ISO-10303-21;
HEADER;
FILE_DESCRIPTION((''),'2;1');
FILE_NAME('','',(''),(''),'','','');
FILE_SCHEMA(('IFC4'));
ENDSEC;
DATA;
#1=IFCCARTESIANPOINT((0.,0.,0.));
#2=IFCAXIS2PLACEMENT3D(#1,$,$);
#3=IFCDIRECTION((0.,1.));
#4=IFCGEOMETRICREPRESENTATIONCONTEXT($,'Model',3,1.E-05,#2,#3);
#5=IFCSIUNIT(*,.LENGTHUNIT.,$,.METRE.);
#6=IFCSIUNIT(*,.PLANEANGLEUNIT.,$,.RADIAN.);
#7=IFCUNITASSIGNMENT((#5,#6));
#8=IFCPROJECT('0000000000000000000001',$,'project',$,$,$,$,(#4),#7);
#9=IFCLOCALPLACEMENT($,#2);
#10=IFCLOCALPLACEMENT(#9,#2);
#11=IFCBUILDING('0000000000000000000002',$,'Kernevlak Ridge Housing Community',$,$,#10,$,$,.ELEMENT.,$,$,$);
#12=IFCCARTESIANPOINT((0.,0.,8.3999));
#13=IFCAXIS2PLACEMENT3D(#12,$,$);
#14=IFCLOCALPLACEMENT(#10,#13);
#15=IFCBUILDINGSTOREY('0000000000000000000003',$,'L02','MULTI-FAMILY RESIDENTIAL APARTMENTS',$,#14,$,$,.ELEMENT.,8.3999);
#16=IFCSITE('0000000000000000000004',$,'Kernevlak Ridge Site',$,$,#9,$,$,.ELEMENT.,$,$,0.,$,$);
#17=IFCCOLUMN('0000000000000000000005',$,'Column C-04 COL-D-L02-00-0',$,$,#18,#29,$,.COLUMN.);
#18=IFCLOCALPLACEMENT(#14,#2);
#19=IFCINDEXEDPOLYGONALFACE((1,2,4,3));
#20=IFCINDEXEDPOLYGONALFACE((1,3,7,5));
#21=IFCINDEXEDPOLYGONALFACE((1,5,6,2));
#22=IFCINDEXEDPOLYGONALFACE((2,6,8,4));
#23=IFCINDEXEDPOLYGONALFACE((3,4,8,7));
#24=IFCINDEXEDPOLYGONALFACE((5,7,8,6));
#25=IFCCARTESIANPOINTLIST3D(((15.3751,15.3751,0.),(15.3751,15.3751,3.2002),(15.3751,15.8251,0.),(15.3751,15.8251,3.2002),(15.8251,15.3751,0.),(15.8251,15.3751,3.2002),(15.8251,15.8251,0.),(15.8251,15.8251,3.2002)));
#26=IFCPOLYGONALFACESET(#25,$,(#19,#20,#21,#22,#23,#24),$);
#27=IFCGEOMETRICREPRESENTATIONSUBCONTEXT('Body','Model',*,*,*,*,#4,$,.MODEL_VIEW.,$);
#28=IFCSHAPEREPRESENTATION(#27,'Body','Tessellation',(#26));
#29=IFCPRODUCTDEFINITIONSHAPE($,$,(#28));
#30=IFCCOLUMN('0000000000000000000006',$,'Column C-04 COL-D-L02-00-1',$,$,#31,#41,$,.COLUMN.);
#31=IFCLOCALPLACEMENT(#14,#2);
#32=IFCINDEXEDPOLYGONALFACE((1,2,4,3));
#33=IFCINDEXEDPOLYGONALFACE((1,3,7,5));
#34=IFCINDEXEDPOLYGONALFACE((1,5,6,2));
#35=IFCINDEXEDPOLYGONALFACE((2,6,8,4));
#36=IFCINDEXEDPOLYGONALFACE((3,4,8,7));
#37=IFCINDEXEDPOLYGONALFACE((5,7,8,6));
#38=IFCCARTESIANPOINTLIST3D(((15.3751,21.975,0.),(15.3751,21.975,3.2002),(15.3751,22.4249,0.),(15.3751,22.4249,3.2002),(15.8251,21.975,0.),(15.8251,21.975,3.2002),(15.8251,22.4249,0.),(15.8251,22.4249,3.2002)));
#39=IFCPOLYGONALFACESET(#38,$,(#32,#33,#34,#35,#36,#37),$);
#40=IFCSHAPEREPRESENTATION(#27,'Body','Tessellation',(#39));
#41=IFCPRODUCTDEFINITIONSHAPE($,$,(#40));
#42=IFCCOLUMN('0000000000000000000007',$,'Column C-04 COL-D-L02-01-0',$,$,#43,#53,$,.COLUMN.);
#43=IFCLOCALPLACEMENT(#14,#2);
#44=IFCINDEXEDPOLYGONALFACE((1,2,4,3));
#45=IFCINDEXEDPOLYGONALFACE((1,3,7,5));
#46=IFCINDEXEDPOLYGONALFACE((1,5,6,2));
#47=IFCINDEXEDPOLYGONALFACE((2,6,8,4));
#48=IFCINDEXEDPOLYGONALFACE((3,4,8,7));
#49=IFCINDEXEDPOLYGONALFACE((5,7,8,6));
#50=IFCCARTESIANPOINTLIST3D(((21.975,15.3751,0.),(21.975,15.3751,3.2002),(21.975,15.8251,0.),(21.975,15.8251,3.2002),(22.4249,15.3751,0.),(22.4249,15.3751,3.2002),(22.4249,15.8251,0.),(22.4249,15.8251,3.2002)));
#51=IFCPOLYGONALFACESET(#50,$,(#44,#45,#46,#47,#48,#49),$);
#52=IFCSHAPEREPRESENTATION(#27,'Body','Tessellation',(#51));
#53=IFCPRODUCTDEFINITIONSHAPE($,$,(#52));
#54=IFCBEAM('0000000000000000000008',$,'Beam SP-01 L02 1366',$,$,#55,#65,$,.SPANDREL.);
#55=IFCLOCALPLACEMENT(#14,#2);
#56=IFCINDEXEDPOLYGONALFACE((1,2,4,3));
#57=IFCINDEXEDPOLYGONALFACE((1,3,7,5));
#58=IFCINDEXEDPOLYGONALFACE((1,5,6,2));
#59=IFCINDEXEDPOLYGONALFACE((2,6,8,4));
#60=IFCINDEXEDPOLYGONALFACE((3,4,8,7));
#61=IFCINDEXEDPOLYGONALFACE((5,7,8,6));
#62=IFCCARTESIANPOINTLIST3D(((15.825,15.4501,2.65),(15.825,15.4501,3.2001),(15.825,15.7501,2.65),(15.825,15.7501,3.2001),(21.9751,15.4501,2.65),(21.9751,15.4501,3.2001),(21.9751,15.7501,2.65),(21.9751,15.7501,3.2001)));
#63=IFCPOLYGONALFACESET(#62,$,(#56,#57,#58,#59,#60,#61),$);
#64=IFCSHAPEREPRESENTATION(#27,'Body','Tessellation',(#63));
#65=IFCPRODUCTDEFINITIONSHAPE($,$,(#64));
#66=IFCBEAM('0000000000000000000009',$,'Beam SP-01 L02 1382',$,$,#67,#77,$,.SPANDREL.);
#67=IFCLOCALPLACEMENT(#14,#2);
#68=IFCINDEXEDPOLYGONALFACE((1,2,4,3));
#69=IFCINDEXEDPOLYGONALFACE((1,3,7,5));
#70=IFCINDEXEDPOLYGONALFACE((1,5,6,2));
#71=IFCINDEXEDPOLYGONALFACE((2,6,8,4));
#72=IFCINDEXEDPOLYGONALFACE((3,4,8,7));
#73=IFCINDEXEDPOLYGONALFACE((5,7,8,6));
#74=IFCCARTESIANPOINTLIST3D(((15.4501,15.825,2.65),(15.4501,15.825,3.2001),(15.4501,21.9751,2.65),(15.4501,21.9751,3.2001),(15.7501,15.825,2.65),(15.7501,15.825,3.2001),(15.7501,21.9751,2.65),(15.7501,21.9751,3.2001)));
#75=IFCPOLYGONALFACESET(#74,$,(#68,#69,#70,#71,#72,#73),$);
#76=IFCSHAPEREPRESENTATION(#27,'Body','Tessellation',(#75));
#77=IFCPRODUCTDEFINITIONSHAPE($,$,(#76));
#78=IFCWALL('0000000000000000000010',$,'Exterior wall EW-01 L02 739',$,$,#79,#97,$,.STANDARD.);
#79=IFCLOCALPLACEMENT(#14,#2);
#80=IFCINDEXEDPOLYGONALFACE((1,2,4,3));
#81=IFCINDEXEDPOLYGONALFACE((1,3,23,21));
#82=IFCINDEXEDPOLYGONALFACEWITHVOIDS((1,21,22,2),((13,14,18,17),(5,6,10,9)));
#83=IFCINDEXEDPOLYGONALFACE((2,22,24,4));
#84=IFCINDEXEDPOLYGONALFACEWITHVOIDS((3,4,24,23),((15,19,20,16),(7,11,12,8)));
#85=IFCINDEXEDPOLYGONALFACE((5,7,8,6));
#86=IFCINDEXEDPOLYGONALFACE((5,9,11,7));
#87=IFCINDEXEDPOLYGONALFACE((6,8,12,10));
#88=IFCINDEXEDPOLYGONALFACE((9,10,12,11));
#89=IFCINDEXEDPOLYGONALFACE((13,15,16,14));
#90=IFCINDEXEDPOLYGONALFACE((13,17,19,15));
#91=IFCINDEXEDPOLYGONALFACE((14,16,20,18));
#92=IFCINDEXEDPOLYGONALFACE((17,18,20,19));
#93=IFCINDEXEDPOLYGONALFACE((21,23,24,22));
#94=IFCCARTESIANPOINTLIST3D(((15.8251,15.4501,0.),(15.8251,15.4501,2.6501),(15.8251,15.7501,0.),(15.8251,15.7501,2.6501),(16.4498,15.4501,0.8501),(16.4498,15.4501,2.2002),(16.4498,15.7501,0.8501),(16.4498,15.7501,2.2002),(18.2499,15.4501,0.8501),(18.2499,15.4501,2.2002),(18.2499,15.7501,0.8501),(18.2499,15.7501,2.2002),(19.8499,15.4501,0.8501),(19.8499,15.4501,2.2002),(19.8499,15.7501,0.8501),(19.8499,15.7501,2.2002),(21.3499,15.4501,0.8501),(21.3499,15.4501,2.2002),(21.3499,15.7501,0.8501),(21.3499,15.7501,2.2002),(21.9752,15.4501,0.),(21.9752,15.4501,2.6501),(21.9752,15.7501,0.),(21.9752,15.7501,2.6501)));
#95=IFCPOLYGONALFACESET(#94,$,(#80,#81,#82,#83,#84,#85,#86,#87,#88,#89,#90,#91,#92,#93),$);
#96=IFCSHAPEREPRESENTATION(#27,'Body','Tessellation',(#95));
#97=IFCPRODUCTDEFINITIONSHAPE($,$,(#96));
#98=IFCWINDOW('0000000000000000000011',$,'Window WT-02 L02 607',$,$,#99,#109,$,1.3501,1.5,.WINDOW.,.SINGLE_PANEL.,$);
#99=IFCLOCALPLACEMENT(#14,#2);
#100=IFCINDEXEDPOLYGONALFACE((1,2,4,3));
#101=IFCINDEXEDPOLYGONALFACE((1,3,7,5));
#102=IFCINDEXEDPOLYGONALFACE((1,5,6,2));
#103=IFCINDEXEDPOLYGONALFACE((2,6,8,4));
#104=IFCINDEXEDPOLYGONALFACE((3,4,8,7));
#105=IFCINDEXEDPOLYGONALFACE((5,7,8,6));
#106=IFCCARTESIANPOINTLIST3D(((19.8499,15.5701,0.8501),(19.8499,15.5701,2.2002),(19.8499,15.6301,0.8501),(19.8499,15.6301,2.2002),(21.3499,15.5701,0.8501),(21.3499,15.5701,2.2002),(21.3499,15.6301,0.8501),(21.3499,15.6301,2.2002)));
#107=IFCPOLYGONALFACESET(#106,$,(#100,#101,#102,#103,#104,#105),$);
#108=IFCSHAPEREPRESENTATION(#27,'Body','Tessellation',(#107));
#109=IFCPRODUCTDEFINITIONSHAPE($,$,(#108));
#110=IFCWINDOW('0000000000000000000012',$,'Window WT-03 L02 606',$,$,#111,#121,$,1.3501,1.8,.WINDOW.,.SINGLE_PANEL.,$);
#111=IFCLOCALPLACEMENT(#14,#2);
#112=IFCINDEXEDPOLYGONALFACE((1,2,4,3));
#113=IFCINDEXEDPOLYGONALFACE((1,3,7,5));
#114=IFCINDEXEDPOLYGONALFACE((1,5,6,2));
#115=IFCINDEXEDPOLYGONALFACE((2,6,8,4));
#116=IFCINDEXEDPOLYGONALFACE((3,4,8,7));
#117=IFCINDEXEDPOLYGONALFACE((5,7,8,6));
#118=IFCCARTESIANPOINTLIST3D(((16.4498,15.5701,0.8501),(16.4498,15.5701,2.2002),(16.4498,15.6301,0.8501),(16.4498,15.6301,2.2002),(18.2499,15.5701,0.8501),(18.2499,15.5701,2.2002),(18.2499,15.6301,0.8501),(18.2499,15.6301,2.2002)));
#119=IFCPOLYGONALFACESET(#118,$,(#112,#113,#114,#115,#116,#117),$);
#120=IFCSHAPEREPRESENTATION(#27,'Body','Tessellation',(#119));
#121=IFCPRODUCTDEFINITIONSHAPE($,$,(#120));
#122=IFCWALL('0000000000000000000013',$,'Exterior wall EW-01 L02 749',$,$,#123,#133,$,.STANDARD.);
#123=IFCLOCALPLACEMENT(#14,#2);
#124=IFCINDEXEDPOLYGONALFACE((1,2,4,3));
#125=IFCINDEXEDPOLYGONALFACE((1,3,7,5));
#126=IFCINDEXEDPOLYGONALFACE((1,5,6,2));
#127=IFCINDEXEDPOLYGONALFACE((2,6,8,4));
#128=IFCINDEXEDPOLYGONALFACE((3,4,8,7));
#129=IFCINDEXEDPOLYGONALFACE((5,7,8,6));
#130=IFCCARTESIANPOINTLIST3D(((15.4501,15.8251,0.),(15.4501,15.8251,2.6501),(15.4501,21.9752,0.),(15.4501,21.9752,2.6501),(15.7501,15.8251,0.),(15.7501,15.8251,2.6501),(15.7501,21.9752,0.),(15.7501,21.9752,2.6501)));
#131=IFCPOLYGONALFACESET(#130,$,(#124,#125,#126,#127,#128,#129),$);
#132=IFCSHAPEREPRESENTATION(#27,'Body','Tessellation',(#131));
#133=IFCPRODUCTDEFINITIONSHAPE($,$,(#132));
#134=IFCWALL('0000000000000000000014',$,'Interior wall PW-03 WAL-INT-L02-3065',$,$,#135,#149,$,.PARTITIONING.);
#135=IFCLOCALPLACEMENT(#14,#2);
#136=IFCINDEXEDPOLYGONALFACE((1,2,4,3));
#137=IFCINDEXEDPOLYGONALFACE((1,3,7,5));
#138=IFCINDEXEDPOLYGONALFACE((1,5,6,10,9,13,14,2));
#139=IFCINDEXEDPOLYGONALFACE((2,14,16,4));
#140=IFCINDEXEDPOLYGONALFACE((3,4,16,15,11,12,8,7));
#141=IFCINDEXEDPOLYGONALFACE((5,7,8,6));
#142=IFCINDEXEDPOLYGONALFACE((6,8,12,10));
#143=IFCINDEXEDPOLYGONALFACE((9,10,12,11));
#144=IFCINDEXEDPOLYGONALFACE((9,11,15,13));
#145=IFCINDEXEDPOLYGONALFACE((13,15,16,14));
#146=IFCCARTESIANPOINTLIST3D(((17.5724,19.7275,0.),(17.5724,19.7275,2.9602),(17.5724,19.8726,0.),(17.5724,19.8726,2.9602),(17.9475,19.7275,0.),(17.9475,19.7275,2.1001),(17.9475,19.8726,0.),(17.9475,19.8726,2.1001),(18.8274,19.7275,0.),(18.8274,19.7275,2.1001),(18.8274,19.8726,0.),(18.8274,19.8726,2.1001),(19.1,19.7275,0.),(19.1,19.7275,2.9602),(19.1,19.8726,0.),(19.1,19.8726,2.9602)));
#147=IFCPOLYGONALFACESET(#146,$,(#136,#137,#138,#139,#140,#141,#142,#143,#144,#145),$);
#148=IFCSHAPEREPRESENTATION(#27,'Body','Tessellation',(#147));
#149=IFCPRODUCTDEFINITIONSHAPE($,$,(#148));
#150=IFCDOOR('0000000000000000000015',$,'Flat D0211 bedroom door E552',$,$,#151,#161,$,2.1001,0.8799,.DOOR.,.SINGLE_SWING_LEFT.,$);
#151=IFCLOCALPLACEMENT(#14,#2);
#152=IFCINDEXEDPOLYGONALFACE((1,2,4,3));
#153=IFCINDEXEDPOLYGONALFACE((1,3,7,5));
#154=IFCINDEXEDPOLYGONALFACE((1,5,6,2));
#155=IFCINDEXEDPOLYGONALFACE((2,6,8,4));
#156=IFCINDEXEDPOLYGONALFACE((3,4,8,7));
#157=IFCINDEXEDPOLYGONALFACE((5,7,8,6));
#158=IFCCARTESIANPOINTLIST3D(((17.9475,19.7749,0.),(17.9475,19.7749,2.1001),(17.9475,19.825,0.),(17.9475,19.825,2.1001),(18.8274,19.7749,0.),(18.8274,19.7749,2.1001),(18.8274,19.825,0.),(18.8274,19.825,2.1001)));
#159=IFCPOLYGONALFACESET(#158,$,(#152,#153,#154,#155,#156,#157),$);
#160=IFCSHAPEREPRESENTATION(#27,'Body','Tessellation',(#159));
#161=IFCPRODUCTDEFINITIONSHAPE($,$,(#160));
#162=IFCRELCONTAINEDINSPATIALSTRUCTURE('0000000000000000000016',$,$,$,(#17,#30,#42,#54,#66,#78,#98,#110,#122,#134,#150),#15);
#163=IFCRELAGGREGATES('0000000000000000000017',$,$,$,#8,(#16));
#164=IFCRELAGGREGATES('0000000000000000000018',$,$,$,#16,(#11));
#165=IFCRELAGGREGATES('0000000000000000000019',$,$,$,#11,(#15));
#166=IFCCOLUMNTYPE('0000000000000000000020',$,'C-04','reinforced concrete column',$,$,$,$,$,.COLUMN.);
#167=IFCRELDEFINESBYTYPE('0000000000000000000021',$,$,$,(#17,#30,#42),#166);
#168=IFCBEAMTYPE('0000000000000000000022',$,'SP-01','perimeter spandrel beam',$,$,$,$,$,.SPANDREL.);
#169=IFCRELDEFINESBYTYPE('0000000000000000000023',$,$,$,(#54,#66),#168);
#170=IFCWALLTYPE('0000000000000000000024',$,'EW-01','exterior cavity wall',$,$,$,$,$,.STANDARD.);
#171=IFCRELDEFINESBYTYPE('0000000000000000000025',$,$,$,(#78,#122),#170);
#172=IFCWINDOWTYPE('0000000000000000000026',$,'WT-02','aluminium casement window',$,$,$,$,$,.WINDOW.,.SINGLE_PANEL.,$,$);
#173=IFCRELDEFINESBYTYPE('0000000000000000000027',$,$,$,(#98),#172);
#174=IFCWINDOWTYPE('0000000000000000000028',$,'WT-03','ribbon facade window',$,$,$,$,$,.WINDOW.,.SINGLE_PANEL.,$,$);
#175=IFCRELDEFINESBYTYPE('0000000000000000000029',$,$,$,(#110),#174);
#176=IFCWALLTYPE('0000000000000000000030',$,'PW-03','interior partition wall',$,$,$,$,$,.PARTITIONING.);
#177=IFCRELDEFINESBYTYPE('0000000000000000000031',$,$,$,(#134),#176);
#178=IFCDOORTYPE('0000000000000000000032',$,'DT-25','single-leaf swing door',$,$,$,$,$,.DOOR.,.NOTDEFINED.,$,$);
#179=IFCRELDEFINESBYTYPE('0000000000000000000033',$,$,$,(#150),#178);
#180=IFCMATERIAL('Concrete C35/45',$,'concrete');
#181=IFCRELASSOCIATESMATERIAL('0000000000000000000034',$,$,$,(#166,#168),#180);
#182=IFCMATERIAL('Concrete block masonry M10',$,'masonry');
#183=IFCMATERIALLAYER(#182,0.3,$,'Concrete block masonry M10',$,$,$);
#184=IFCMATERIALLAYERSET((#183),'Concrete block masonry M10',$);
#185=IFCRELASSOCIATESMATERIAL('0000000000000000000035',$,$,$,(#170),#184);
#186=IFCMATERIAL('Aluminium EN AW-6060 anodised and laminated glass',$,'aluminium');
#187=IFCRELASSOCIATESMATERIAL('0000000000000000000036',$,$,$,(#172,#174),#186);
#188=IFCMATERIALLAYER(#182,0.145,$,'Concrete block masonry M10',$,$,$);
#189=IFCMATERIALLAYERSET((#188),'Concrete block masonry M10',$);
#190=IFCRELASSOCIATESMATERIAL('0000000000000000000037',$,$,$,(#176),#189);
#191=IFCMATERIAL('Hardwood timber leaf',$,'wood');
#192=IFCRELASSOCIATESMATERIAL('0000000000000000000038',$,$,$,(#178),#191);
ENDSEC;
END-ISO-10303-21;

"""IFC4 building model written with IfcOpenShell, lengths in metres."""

from ifc_helpers import new_model, si_unit, direction, frame, frame_2d, origin, origin_2d, place, context, subcontext, project, spatial, rectangle, extrude, material, layer, layer_set, material_profile, profile_set, type_object, element, fill, save


model = new_model("IFC4")

# Units and contexts
model_context = context("Model", 3, precision=1e-05, world=origin(), true_north=direction((0.0, 1.0)))
body_context = subcontext(model_context, "Body", "Model", "MODEL_VIEW")
ifc_project = project(units=[si_unit("LENGTHUNIT", "METRE"), si_unit("PLANEANGLEUNIT", "RADIAN")], contexts=[model_context])

# Site, building, storey
site_placement = place(None, origin())
site = spatial("IfcSite", under=ifc_project, at=site_placement, Name="Kernevlak Ridge Site", CompositionType="ELEMENT", RefElevation=0.0)
building_placement = place(site_placement, origin())
building = spatial("IfcBuilding", under=site, at=building_placement, Name="Kernevlak Ridge Housing Community", CompositionType="ELEMENT")
storey_placement = place(building_placement, frame((0.0, 0.0, 8.3999)))
storey = spatial("IfcBuildingStorey", under=building, at=storey_placement, Name="L02", Description="MULTI-FAMILY RESIDENTIAL APARTMENTS", CompositionType="ELEMENT", Elevation=8.3999)

# Columns
ifc_material_1 = material(Name="Concrete C35/45", Category="concrete")
ifc_material_profile_1 = material_profile(ifc_material_1, rectangle(XDim=0.45, YDim=0.45, at=origin_2d()), Name="RC 450x450")
ifc_profile_set_1 = profile_set([ifc_material_profile_1], Name="Concrete C35/45")
column_type = type_object("IfcColumnType", Name="C-04", Description="reinforced concrete column", PredefinedType="COLUMN", material=ifc_profile_set_1)
for number, where, z_axis, x_axis, name in (
    (1, (15.6001, 15.6001, 0.0), (0.0, 0.0, 1.0), (1.0, 0.0, 0.0), "Column C-04 COL-D-L02-00-0"),
    (2, (15.6001, 22.2, 0.0), (0.0, 0.0, 1.0), (1.0, 0.0, 0.0), "Column C-04 COL-D-L02-00-1"),
    (3, (22.2, 15.6001, 0.0), (0.0, 0.0, 1.0), (1.0, 0.0, 0.0), "Column C-04 COL-D-L02-01-0"),
):
    element("IfcColumn", number, at=place(storey_placement, frame(where, z_axis=z_axis, x_axis=x_axis)), inside=storey, type_object=column_type, Name=name, PredefinedType="COLUMN", context=body_context, shape_type="SweptSolid", body=[
        extrude(rectangle(XDim=0.45, YDim=0.45, at=origin_2d()), origin(), (0.0, 0.0, 1.0), 3.2002),
    ])

# Beams
ifc_material_profile_2 = material_profile(ifc_material_1, rectangle(XDim=0.3, YDim=0.55, at=origin_2d()), Name="RC 300x550")
ifc_profile_set_2 = profile_set([ifc_material_profile_2], Name="Concrete C35/45")
beam_type = type_object("IfcBeamType", Name="SP-01", Description="perimeter spandrel beam", PredefinedType="SPANDREL", material=ifc_profile_set_2)
for number, where, z_axis, x_axis, name in (
    (4, (15.825, 15.6001, 2.925), (1.0, 0.0, 0.0), (0.0, 1.0, 0.0), "Beam SP-01 L02 1366"),
    (5, (15.6001, 15.825, 2.925), (0.0, 1.0, 0.0), (-1.0, 0.0, 0.0), "Beam SP-01 L02 1382"),
):
    element("IfcBeam", number, at=place(storey_placement, frame(where, z_axis=z_axis, x_axis=x_axis)), inside=storey, type_object=beam_type, Name=name, PredefinedType="SPANDREL", context=body_context, shape_type="SweptSolid", body=[
        extrude(rectangle(XDim=0.3, YDim=0.55, at=origin_2d()), origin(), (0.0, 0.0, 1.0), 6.1501),
    ])

# Wall, openings, windows
ifc_material_2 = material(Name="Concrete block masonry M10", Category="masonry")
ifc_layer_1 = layer(ifc_material_2, 0.3, Name="Concrete block masonry M10")
ifc_layer_set_1 = layer_set([ifc_layer_1], Name="Concrete block masonry M10")
wall_type_1 = type_object("IfcWallType", Name="EW-01", Description="exterior cavity wall", PredefinedType="STANDARD", material=ifc_layer_set_1)
wall_1_placement = place(storey_placement, frame((15.825, 15.6001, 0.0), z_axis=(0.0, 0.0, 1.0), x_axis=(1.0, 0.0, 0.0)))
wall_1 = element("IfcWall", 6, at=wall_1_placement, inside=storey, type_object=wall_type_1, Name="Exterior wall EW-01 L02 739", PredefinedType="STANDARD", context=body_context, shape_type="SweptSolid", body=[
    extrude(rectangle(XDim=6.1501, YDim=0.3, at=frame_2d((3.0752, 0.0))), origin(), (0.0, 0.0, 1.0), 2.6501),
])
opening_1_placement = place(wall_1_placement, frame((0.625, 0.0, 0.8501)))
opening_1 = element("IfcOpeningElement", 7, at=opening_1_placement, cuts=wall_1, PredefinedType="OPENING", context=body_context, shape_type="SweptSolid", body=[
    extrude(rectangle(XDim=1.8, YDim=1.3501, at=frame_2d((0.8999, 0.675))), frame((0.0, 0.1599, 0.0), z_axis=(0.0, -1.0, 0.0), x_axis=(1.0, 0.0, 0.0)), (0.0, 0.0, 1.0), 0.3201),
])
opening_2_placement = place(wall_1_placement, frame((4.0249, 0.0, 0.8501)))
opening_2 = element("IfcOpeningElement", 8, at=opening_2_placement, cuts=wall_1, PredefinedType="OPENING", context=body_context, shape_type="SweptSolid", body=[
    extrude(rectangle(XDim=1.5, YDim=1.3501, at=frame_2d((0.75, 0.675))), frame((0.0, 0.1599, 0.0), z_axis=(0.0, -1.0, 0.0), x_axis=(1.0, 0.0, 0.0)), (0.0, 0.0, 1.0), 0.3201),
])
ifc_material_3 = material(Name="Aluminium EN AW-6060 anodised and laminated glass", Category="aluminium")
window_type_1 = type_object("IfcWindowType", Name="WT-02", Description="aluminium casement window", PartitioningType="SINGLE_PANEL", PredefinedType="WINDOW", material=ifc_material_3)
window_1_placement = place(opening_2_placement, origin())
window_1 = element("IfcWindow", 9, at=window_1_placement, inside=storey, type_object=window_type_1, Name="Window WT-02 L02 607", OverallHeight=1.3501, OverallWidth=1.5, PartitioningType="SINGLE_PANEL", PredefinedType="WINDOW", context=body_context, shape_type="SweptSolid", body=[
    extrude(rectangle(XDim=1.5, YDim=1.3501, at=frame_2d((0.75, 0.675))), frame((0.0, 0.03, 0.0), z_axis=(0.0, -1.0, 0.0), x_axis=(1.0, 0.0, 0.0)), (0.0, 0.0, 1.0), 0.0601),
])
fill(opening_2, window_1)
window_type_2 = type_object("IfcWindowType", Name="WT-03", Description="ribbon facade window", PartitioningType="SINGLE_PANEL", PredefinedType="WINDOW", material=ifc_material_3)
window_2_placement = place(opening_1_placement, origin())
window_2 = element("IfcWindow", 10, at=window_2_placement, inside=storey, type_object=window_type_2, Name="Window WT-03 L02 606", OverallHeight=1.3501, OverallWidth=1.8, PartitioningType="SINGLE_PANEL", PredefinedType="WINDOW", context=body_context, shape_type="SweptSolid", body=[
    extrude(rectangle(XDim=1.8, YDim=1.3501, at=frame_2d((0.8999, 0.675))), frame((0.0, 0.03, 0.0), z_axis=(0.0, -1.0, 0.0), x_axis=(1.0, 0.0, 0.0)), (0.0, 0.0, 1.0), 0.0601),
])
fill(opening_1, window_2)

# Wall
wall_2_placement = place(storey_placement, frame((15.6001, 15.825, 0.0), z_axis=(0.0, 0.0, 1.0), x_axis=(0.0, 1.0, 0.0)))
element("IfcWall", 11, at=wall_2_placement, inside=storey, type_object=wall_type_1, Name="Exterior wall EW-01 L02 749", PredefinedType="STANDARD", context=body_context, shape_type="SweptSolid", body=[
    extrude(rectangle(XDim=6.1501, YDim=0.3, at=frame_2d((3.0752, 0.0))), origin(), (0.0, 0.0, 1.0), 2.6501),
])

# Wall, opening, door
ifc_layer_2 = layer(ifc_material_2, 0.145, Name="Concrete block masonry M10")
ifc_layer_set_2 = layer_set([ifc_layer_2], Name="Concrete block masonry M10")
wall_type_2 = type_object("IfcWallType", Name="PW-03", Description="interior partition wall", PredefinedType="PARTITIONING", material=ifc_layer_set_2)
wall_3_placement = place(storey_placement, frame((17.5725, 19.8, 0.0), z_axis=(0.0, 0.0, 1.0), x_axis=(1.0, 0.0, 0.0)))
wall_3 = element("IfcWall", 12, at=wall_3_placement, inside=storey, type_object=wall_type_2, Name="Interior wall PW-03 WAL-INT-L02-3065", PredefinedType="PARTITIONING", context=body_context, shape_type="SweptSolid", body=[
    extrude(rectangle(XDim=1.5276, YDim=0.145, at=frame_2d((0.7637, 0.0))), origin(), (0.0, 0.0, 1.0), 2.9602),
])
opening_3_placement = place(wall_3_placement, frame((0.375, 0.0, 0.0)))
opening_3 = element("IfcOpeningElement", 13, at=opening_3_placement, cuts=wall_3, PredefinedType="OPENING", context=body_context, shape_type="SweptSolid", body=[
    extrude(rectangle(XDim=0.8799, YDim=2.1001, at=frame_2d((0.4399, 1.05))), frame((0.0, 0.0825, 0.0), z_axis=(0.0, -1.0, 0.0), x_axis=(1.0, 0.0, 0.0)), (0.0, 0.0, 1.0), 0.165),
])
ifc_material_4 = material(Name="Hardwood timber leaf", Category="wood")
door_type_1 = type_object("IfcDoorType", Name="DT-25", Description="single-leaf swing door", OperationType="NOTDEFINED", PredefinedType="DOOR", material=ifc_material_4)
door_1_placement = place(opening_3_placement, origin())
door_1 = element("IfcDoor", 14, at=door_1_placement, inside=storey, type_object=door_type_1, Name="Flat D0211 bedroom door E552", OperationType="SINGLE_SWING_LEFT", OverallHeight=2.1001, OverallWidth=0.8799, PredefinedType="DOOR", context=body_context, shape_type="SweptSolid", body=[
    extrude(rectangle(XDim=0.8799, YDim=2.1001, at=frame_2d((0.4399, 1.05))), frame((0.0, 0.0249, 0.0), z_axis=(0.0, -1.0, 0.0), x_axis=(1.0, 0.0, 0.0)), (0.0, 0.0, 1.0), 0.05),
])
fill(opening_3, door_1)

save(model, "model.ifc")
